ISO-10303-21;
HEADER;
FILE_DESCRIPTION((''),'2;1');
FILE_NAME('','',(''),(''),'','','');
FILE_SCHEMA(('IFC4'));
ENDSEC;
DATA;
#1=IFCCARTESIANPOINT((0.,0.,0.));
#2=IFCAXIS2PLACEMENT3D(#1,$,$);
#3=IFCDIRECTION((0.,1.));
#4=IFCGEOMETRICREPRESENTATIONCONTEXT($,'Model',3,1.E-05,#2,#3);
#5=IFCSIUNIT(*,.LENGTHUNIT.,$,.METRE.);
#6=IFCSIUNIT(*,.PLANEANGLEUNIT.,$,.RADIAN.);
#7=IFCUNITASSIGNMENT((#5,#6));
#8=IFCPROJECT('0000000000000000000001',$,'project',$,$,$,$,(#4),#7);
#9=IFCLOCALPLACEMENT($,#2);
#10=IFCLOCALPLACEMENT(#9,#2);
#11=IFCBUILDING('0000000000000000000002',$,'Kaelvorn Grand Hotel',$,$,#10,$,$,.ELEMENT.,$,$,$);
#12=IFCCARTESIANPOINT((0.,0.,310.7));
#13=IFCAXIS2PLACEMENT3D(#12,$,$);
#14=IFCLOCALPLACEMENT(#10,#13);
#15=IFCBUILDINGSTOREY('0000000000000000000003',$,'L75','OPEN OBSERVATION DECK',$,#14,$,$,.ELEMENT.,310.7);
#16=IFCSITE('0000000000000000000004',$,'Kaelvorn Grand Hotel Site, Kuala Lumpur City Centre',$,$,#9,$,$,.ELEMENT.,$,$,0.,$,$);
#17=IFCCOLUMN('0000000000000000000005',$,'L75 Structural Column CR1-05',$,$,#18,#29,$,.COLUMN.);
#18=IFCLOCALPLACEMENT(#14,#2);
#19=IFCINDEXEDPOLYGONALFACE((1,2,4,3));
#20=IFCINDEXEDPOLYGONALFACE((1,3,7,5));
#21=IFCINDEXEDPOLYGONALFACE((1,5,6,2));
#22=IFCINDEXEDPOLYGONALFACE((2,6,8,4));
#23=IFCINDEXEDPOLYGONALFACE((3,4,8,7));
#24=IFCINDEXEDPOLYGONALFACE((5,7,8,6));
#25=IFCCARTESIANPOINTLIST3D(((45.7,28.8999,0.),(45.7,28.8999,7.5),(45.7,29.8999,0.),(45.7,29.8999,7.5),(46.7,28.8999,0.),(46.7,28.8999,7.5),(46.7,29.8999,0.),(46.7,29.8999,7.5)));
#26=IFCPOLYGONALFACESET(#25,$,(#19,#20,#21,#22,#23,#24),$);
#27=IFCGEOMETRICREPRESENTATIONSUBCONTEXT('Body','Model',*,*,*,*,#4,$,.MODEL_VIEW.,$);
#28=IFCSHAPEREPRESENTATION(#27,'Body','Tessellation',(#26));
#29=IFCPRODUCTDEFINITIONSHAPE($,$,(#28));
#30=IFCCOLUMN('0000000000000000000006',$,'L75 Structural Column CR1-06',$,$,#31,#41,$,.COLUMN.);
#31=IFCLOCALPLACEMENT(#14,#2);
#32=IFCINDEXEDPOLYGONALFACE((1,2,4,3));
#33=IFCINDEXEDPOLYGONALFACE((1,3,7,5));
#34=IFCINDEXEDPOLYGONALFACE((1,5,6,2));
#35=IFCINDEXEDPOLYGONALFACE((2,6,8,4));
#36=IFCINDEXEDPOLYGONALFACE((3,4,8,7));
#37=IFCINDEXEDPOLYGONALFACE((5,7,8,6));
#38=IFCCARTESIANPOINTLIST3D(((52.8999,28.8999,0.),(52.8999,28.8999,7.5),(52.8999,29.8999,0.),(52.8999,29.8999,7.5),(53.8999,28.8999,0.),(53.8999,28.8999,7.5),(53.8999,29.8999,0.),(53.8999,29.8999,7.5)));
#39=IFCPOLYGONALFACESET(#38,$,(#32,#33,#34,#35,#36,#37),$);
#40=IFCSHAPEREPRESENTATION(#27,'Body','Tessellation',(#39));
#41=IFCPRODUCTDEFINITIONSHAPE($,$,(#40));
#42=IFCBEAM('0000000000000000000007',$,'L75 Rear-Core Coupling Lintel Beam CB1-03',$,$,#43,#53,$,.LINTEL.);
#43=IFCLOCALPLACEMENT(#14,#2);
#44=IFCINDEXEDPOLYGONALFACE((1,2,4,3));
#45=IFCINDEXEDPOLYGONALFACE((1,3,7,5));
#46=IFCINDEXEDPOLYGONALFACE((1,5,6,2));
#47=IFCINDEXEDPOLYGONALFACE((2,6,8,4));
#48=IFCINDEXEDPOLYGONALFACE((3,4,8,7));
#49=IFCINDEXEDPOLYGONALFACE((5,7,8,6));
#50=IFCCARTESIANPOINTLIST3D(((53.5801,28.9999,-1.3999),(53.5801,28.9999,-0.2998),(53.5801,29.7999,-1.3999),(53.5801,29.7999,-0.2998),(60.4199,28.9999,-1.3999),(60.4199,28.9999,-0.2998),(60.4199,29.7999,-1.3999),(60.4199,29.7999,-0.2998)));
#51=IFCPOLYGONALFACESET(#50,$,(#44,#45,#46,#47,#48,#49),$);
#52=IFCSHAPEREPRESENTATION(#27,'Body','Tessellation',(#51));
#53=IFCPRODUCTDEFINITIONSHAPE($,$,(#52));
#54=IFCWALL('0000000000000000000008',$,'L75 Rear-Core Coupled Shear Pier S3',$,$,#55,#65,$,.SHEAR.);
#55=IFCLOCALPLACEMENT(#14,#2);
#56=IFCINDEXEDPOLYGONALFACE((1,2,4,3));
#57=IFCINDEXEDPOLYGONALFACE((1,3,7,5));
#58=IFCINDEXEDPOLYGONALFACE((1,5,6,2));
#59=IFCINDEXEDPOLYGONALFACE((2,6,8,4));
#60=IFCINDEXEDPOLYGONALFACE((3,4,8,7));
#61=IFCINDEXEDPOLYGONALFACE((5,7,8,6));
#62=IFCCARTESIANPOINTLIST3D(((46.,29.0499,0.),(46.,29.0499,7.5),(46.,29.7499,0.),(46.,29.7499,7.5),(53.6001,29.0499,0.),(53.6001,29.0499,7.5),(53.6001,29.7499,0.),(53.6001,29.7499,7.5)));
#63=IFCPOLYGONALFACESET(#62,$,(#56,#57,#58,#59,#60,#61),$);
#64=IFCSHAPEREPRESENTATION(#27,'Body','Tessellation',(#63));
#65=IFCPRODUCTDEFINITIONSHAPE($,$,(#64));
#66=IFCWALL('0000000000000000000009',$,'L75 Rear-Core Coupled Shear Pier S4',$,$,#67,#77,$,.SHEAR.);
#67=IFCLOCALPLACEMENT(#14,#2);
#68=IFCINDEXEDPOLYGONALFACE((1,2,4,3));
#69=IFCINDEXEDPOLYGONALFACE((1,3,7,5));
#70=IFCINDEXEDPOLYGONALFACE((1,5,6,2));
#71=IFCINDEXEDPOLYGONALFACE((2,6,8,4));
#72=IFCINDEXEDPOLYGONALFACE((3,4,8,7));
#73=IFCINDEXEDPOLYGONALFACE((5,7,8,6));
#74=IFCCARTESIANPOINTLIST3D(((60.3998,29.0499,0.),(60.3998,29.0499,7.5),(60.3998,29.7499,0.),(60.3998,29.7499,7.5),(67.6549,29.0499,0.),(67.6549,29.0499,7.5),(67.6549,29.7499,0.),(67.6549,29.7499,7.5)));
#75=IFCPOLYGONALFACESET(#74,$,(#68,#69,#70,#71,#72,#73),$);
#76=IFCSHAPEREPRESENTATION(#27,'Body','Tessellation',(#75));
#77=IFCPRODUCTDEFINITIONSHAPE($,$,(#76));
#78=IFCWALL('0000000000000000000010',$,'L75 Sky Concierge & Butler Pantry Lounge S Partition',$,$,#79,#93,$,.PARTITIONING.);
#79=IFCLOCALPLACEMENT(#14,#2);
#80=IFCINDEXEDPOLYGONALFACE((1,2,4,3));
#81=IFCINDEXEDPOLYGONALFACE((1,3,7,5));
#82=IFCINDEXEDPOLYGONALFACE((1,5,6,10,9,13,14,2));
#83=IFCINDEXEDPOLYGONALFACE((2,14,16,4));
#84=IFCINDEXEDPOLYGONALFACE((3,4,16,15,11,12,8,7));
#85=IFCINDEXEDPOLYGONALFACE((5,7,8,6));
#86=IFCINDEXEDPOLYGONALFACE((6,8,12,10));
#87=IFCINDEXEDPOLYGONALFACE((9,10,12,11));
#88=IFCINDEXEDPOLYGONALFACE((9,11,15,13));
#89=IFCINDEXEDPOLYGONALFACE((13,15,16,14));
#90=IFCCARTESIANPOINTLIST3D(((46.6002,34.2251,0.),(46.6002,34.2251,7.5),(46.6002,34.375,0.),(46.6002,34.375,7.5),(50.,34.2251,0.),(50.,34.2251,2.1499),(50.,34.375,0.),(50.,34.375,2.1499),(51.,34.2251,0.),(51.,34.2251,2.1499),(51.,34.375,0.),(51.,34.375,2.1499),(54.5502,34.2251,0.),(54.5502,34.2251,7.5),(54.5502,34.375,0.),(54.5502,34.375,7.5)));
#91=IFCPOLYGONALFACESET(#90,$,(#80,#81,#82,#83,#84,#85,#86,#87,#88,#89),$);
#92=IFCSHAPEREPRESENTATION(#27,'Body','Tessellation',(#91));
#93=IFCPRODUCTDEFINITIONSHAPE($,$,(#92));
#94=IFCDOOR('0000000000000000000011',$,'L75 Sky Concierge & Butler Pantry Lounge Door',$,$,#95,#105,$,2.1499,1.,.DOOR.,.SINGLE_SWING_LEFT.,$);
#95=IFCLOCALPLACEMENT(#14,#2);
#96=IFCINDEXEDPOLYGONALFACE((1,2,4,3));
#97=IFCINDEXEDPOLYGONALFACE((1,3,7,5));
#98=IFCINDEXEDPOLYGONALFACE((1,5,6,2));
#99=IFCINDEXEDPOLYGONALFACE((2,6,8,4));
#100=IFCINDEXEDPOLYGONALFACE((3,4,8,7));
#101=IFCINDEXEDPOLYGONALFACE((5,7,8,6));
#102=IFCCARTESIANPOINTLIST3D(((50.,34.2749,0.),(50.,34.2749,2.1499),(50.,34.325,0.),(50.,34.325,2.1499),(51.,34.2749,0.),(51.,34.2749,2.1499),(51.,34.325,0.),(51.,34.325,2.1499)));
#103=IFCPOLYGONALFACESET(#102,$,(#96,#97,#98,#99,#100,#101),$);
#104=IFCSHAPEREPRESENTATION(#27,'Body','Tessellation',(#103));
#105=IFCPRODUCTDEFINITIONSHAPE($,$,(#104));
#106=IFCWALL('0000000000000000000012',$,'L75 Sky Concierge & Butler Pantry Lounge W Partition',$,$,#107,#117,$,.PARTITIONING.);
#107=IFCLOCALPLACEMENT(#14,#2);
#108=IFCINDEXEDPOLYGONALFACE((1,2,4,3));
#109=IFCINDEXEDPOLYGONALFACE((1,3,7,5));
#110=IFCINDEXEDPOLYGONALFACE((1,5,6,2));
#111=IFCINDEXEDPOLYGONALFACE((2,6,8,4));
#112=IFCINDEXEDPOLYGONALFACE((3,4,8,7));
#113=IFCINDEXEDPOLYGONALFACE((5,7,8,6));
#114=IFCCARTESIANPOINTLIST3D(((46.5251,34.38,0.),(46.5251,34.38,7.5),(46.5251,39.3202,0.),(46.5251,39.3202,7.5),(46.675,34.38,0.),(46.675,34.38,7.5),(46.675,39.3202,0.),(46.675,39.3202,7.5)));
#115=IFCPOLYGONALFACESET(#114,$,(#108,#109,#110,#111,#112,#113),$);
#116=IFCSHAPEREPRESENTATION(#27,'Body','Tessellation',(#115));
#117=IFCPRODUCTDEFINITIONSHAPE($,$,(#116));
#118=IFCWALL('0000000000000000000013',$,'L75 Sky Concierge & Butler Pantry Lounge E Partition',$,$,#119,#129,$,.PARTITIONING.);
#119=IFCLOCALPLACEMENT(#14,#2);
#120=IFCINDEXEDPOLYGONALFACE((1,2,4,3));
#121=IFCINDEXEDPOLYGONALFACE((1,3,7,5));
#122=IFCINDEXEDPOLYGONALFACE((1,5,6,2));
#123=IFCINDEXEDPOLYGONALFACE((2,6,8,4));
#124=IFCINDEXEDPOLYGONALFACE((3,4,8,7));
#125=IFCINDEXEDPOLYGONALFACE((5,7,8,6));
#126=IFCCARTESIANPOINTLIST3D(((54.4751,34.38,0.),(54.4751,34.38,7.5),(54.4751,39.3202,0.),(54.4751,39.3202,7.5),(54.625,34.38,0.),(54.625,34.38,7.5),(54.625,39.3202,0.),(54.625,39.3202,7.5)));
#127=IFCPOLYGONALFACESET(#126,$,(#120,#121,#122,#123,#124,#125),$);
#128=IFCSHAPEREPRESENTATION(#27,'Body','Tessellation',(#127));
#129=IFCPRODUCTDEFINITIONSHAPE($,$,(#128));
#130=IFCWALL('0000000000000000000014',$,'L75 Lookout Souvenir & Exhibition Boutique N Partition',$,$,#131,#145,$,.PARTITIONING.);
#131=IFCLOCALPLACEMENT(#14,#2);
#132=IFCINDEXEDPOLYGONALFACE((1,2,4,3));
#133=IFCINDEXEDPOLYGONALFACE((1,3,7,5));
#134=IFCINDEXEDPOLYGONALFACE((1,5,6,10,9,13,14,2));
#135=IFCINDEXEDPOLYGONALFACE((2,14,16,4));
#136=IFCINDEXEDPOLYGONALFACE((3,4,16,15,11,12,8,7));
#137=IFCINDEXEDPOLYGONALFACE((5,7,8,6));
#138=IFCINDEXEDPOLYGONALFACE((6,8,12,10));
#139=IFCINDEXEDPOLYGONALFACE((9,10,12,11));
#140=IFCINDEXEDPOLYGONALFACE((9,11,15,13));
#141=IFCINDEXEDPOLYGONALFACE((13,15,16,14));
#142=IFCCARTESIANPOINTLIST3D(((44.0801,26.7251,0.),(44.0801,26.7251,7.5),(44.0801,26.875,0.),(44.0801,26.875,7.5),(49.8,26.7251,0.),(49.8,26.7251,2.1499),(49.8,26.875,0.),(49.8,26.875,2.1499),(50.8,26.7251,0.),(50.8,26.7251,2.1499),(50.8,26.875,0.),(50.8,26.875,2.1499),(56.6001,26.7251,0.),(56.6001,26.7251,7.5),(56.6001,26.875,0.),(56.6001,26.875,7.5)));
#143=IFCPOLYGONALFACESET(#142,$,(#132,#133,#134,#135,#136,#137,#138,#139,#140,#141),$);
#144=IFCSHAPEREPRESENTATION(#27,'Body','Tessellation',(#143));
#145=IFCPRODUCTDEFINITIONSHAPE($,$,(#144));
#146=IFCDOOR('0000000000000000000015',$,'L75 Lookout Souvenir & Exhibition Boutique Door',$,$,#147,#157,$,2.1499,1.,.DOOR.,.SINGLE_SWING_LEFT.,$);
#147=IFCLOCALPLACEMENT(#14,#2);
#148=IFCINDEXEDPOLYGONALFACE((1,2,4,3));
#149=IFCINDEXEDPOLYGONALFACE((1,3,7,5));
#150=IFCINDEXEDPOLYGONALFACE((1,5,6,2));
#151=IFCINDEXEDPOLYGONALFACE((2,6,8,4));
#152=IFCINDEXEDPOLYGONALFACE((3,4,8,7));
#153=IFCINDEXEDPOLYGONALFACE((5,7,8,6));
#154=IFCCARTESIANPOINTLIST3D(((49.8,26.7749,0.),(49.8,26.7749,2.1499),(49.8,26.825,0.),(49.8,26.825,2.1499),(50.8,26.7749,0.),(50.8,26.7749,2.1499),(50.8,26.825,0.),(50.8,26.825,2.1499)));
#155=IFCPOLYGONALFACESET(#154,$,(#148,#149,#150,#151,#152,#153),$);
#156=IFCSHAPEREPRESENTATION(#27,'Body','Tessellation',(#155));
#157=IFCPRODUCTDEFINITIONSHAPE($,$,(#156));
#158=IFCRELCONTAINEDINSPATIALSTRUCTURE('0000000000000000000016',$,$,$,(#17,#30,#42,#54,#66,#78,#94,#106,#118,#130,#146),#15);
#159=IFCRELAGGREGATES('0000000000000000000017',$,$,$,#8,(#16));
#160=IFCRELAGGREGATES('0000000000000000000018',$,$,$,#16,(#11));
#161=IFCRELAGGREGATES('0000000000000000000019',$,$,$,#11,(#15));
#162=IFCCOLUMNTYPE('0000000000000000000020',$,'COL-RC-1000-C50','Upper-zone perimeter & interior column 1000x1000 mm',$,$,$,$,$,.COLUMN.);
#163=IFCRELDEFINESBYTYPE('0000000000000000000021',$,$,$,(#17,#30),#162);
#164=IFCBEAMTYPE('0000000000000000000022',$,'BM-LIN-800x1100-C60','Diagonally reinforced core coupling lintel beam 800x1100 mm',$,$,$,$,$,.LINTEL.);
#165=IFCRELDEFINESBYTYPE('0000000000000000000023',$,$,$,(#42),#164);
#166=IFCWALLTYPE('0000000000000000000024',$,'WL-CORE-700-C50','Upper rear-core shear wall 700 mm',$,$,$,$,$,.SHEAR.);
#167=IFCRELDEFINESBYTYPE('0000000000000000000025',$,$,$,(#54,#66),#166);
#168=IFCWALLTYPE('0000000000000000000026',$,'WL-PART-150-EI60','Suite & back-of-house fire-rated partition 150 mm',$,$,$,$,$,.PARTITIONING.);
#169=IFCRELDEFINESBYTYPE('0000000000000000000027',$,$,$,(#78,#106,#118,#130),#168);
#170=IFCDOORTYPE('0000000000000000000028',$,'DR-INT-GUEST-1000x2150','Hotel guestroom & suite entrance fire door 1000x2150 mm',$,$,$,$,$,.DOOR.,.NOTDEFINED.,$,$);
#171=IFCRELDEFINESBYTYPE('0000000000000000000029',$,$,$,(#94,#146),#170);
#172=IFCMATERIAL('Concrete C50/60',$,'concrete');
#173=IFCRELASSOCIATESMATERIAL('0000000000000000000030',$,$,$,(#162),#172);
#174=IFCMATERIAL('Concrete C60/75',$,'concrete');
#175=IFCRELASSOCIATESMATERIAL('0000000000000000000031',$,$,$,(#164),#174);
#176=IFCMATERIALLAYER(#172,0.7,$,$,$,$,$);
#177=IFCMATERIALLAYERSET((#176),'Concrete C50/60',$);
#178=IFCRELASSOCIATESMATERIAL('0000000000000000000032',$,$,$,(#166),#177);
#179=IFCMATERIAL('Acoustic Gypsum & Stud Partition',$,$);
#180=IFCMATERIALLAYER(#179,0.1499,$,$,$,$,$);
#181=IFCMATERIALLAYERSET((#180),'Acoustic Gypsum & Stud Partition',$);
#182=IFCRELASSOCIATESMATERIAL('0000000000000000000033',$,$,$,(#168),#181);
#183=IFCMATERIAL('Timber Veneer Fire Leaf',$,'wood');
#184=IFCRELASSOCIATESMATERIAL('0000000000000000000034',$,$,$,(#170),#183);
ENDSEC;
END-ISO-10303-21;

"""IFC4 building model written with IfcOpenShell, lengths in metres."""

from ifc_helpers import new_model, si_unit, direction, frame, frame_2d, origin, origin_2d, place, context, subcontext, project, spatial, rectangle, extrude, material, layer, layer_set, material_profile, profile_set, type_object, element, fill, save


model = new_model("IFC4")

# Units and contexts
model_context = context("Model", 3, precision=1e-05, world=origin(), true_north=direction((0.0, 1.0)))
body_context = subcontext(model_context, "Body", "Model", "MODEL_VIEW")
ifc_project = project(units=[si_unit("LENGTHUNIT", "METRE"), si_unit("PLANEANGLEUNIT", "RADIAN")], contexts=[model_context])

# Site, building, storey
site_placement = place(None, origin())
site = spatial("IfcSite", under=ifc_project, at=site_placement, Name="Kaelvorn Grand Hotel Site, Kuala Lumpur City Centre", CompositionType="ELEMENT", RefElevation=0.0)
building_placement = place(site_placement, origin())
building = spatial("IfcBuilding", under=site, at=building_placement, Name="Kaelvorn Grand Hotel", CompositionType="ELEMENT")
storey_placement = place(building_placement, frame((0.0, 0.0, 310.7)))
storey = spatial("IfcBuildingStorey", under=building, at=storey_placement, Name="L75", Description="OPEN OBSERVATION DECK", CompositionType="ELEMENT", Elevation=310.7)

# Columns
ifc_material_1 = material(Name="Concrete C50/60", Category="concrete")
ifc_material_profile_1 = material_profile(ifc_material_1, rectangle(XDim=1.0, YDim=1.0, at=origin_2d()), Name="RC COL 1000x1000")
ifc_profile_set_1 = profile_set([ifc_material_profile_1], Name="Concrete C50/60")
column_type = type_object("IfcColumnType", Name="COL-RC-1000-C50", Description="Upper-zone perimeter & interior column 1000x1000 mm", PredefinedType="COLUMN", material=ifc_profile_set_1)
for number, where, z_axis, x_axis, name in (
    (1, (46.2, 29.3999, 0.0), (0.0, 0.0, 1.0), (1.0, 0.0, 0.0), "L75 Structural Column CR1-05"),
    (2, (53.3999, 29.3999, 0.0), (0.0, 0.0, 1.0), (1.0, 0.0, 0.0), "L75 Structural Column CR1-06"),
):
    element("IfcColumn", number, at=place(storey_placement, frame(where, z_axis=z_axis, x_axis=x_axis)), inside=storey, type_object=column_type, Name=name, PredefinedType="COLUMN", context=body_context, shape_type="SweptSolid", body=[
        extrude(rectangle(XDim=1.0, YDim=1.0, at=origin_2d()), origin(), (0.0, 0.0, 1.0), 7.5),
    ])

# Beam
ifc_material_2 = material(Name="Concrete C60/75", Category="concrete")
ifc_material_profile_2 = material_profile(ifc_material_2, rectangle(XDim=0.8, YDim=1.1001, at=origin_2d()), Name="RC LINTEL 800x1100")
ifc_profile_set_2 = profile_set([ifc_material_profile_2], Name="Concrete C60/75")
beam_type = type_object("IfcBeamType", Name="BM-LIN-800x1100-C60", Description="Diagonally reinforced core coupling lintel beam 800x1100 mm", PredefinedType="LINTEL", material=ifc_profile_set_2)
beam_placement = place(storey_placement, frame((53.5801, 29.3999, -0.8499), z_axis=(1.0, 0.0, 0.0), x_axis=(0.0, 1.0, 0.0)))
element("IfcBeam", 3, at=beam_placement, inside=storey, type_object=beam_type, Name="L75 Rear-Core Coupling Lintel Beam CB1-03", PredefinedType="LINTEL", context=body_context, shape_type="SweptSolid", body=[
    extrude(rectangle(XDim=0.8, YDim=1.1001, at=origin_2d()), origin(), (0.0, 0.0, 1.0), 6.8398),
])

# Walls
ifc_layer_1 = layer(ifc_material_1, 0.7)
ifc_layer_set_1 = layer_set([ifc_layer_1], Name="Concrete C50/60")
wall_type_1 = type_object("IfcWallType", Name="WL-CORE-700-C50", Description="Upper rear-core shear wall 700 mm", PredefinedType="SHEAR", material=ifc_layer_set_1)
wall_1_placement = place(storey_placement, frame((46.0, 29.3999, 0.0), z_axis=(0.0, 0.0, 1.0), x_axis=(1.0, 0.0, 0.0)))
element("IfcWall", 4, at=wall_1_placement, inside=storey, type_object=wall_type_1, Name="L75 Rear-Core Coupled Shear Pier S3", PredefinedType="SHEAR", context=body_context, shape_type="SweptSolid", body=[
    extrude(rectangle(XDim=7.6001, YDim=0.7, at=frame_2d((3.8, 0.0))), origin(), (0.0, 0.0, 1.0), 7.5),
])
wall_2_placement = place(storey_placement, frame((60.3999, 29.3999, 0.0), z_axis=(0.0, 0.0, 1.0), x_axis=(1.0, 0.0, 0.0)))
element("IfcWall", 5, at=wall_2_placement, inside=storey, type_object=wall_type_1, Name="L75 Rear-Core Coupled Shear Pier S4", PredefinedType="SHEAR", context=body_context, shape_type="SweptSolid", body=[
    extrude(rectangle(XDim=7.2551, YDim=0.7, at=frame_2d((3.6274, 0.0))), origin(), (0.0, 0.0, 1.0), 7.5),
])

# Wall, opening, door
ifc_material_3 = material(Name="Acoustic Gypsum & Stud Partition")
ifc_layer_2 = layer(ifc_material_3, 0.1499)
ifc_layer_set_2 = layer_set([ifc_layer_2], Name="Acoustic Gypsum & Stud Partition")
wall_type_2 = type_object("IfcWallType", Name="WL-PART-150-EI60", Description="Suite & back-of-house fire-rated partition 150 mm", PredefinedType="PARTITIONING", material=ifc_layer_set_2)
wall_3_placement = place(storey_placement, frame((46.6001, 34.3, 0.0), z_axis=(0.0, 0.0, 1.0), x_axis=(1.0, 0.0, 0.0)))
wall_3 = element("IfcWall", 6, at=wall_3_placement, inside=storey, type_object=wall_type_2, Name="L75 Sky Concierge & Butler Pantry Lounge S Partition", PredefinedType="PARTITIONING", context=body_context, shape_type="SweptSolid", body=[
    extrude(rectangle(XDim=7.95, YDim=0.1499, at=frame_2d((3.9751, 0.0))), origin(), (0.0, 0.0, 1.0), 7.5),
])
opening_1_placement = place(wall_3_placement, frame((3.3999, 0.0, 0.0)))
opening_1 = element("IfcOpeningElement", 7, at=opening_1_placement, cuts=wall_3, PredefinedType="OPENING", context=body_context, shape_type="SweptSolid", body=[
    extrude(rectangle(XDim=1.0, YDim=2.1499, at=frame_2d((0.5, 1.075))), frame((0.0, 0.085, 0.0), z_axis=(0.0, -1.0, 0.0), x_axis=(1.0, 0.0, 0.0)), (0.0, 0.0, 1.0), 0.1699),
])
ifc_material_4 = material(Name="Timber Veneer Fire Leaf", Category="wood")
door_type_1 = type_object("IfcDoorType", Name="DR-INT-GUEST-1000x2150", Description="Hotel guestroom & suite entrance fire door 1000x2150 mm", OperationType="NOTDEFINED", PredefinedType="DOOR", material=ifc_material_4)
door_1_placement = place(opening_1_placement, origin())
door_1 = element("IfcDoor", 8, at=door_1_placement, inside=storey, type_object=door_type_1, Name="L75 Sky Concierge & Butler Pantry Lounge Door", OperationType="SINGLE_SWING_LEFT", OverallHeight=2.1499, OverallWidth=1.0, PredefinedType="DOOR", context=body_context, shape_type="SweptSolid", body=[
    extrude(rectangle(XDim=1.0, YDim=2.1499, at=frame_2d((0.5, 1.075))), frame((0.0, 0.0249, 0.0), z_axis=(0.0, -1.0, 0.0), x_axis=(1.0, 0.0, 0.0)), (0.0, 0.0, 1.0), 0.05),
])
fill(opening_1, door_1)

# Walls
for number, where, z_axis, x_axis, name in (
    (9, (46.6001, 34.3799, 0.0), (0.0, 0.0, 1.0), (0.0, 1.0, 0.0), "L75 Sky Concierge & Butler Pantry Lounge W Partition"),
    (10, (54.55, 34.3799, 0.0), (0.0, 0.0, 1.0), (0.0, 1.0, 0.0), "L75 Sky Concierge & Butler Pantry Lounge E Partition"),
):
    element("IfcWall", number, at=place(storey_placement, frame(where, z_axis=z_axis, x_axis=x_axis)), inside=storey, type_object=wall_type_2, Name=name, PredefinedType="PARTITIONING", context=body_context, shape_type="SweptSolid", body=[
        extrude(rectangle(XDim=4.9402, YDim=0.1499, at=frame_2d((2.4702, 0.0))), origin(), (0.0, 0.0, 1.0), 7.5),
    ])

# Wall, opening, door
wall_4_placement = place(storey_placement, frame((44.0801, 26.8, 0.0), z_axis=(0.0, 0.0, 1.0), x_axis=(1.0, 0.0, 0.0)))
wall_4 = element("IfcWall", 11, at=wall_4_placement, inside=storey, type_object=wall_type_2, Name="L75 Lookout Souvenir & Exhibition Boutique N Partition", PredefinedType="PARTITIONING", context=body_context, shape_type="SweptSolid", body=[
    extrude(rectangle(XDim=12.52, YDim=0.1499, at=frame_2d((6.26, 0.0))), origin(), (0.0, 0.0, 1.0), 7.5),
])
opening_2_placement = place(wall_4_placement, frame((5.72, 0.0, 0.0)))
opening_2 = element("IfcOpeningElement", 12, at=opening_2_placement, cuts=wall_4, PredefinedType="OPENING", context=body_context, shape_type="SweptSolid", body=[
    extrude(rectangle(XDim=1.0, YDim=2.1499, at=frame_2d((0.5, 1.075))), frame((0.0, 0.085, 0.0), z_axis=(0.0, -1.0, 0.0), x_axis=(1.0, 0.0, 0.0)), (0.0, 0.0, 1.0), 0.1699),
])
door_2_placement = place(opening_2_placement, origin())
door_2 = element("IfcDoor", 13, at=door_2_placement, inside=storey, type_object=door_type_1, Name="L75 Lookout Souvenir & Exhibition Boutique Door", OperationType="SINGLE_SWING_LEFT", OverallHeight=2.1499, OverallWidth=1.0, PredefinedType="DOOR", context=body_context, shape_type="SweptSolid", body=[
    extrude(rectangle(XDim=1.0, YDim=2.1499, at=frame_2d((0.5, 1.075))), frame((0.0, 0.0249, 0.0), z_axis=(0.0, -1.0, 0.0), x_axis=(1.0, 0.0, 0.0)), (0.0, 0.0, 1.0), 0.05),
])
fill(opening_2, door_2)

save(model, "model.ifc")
